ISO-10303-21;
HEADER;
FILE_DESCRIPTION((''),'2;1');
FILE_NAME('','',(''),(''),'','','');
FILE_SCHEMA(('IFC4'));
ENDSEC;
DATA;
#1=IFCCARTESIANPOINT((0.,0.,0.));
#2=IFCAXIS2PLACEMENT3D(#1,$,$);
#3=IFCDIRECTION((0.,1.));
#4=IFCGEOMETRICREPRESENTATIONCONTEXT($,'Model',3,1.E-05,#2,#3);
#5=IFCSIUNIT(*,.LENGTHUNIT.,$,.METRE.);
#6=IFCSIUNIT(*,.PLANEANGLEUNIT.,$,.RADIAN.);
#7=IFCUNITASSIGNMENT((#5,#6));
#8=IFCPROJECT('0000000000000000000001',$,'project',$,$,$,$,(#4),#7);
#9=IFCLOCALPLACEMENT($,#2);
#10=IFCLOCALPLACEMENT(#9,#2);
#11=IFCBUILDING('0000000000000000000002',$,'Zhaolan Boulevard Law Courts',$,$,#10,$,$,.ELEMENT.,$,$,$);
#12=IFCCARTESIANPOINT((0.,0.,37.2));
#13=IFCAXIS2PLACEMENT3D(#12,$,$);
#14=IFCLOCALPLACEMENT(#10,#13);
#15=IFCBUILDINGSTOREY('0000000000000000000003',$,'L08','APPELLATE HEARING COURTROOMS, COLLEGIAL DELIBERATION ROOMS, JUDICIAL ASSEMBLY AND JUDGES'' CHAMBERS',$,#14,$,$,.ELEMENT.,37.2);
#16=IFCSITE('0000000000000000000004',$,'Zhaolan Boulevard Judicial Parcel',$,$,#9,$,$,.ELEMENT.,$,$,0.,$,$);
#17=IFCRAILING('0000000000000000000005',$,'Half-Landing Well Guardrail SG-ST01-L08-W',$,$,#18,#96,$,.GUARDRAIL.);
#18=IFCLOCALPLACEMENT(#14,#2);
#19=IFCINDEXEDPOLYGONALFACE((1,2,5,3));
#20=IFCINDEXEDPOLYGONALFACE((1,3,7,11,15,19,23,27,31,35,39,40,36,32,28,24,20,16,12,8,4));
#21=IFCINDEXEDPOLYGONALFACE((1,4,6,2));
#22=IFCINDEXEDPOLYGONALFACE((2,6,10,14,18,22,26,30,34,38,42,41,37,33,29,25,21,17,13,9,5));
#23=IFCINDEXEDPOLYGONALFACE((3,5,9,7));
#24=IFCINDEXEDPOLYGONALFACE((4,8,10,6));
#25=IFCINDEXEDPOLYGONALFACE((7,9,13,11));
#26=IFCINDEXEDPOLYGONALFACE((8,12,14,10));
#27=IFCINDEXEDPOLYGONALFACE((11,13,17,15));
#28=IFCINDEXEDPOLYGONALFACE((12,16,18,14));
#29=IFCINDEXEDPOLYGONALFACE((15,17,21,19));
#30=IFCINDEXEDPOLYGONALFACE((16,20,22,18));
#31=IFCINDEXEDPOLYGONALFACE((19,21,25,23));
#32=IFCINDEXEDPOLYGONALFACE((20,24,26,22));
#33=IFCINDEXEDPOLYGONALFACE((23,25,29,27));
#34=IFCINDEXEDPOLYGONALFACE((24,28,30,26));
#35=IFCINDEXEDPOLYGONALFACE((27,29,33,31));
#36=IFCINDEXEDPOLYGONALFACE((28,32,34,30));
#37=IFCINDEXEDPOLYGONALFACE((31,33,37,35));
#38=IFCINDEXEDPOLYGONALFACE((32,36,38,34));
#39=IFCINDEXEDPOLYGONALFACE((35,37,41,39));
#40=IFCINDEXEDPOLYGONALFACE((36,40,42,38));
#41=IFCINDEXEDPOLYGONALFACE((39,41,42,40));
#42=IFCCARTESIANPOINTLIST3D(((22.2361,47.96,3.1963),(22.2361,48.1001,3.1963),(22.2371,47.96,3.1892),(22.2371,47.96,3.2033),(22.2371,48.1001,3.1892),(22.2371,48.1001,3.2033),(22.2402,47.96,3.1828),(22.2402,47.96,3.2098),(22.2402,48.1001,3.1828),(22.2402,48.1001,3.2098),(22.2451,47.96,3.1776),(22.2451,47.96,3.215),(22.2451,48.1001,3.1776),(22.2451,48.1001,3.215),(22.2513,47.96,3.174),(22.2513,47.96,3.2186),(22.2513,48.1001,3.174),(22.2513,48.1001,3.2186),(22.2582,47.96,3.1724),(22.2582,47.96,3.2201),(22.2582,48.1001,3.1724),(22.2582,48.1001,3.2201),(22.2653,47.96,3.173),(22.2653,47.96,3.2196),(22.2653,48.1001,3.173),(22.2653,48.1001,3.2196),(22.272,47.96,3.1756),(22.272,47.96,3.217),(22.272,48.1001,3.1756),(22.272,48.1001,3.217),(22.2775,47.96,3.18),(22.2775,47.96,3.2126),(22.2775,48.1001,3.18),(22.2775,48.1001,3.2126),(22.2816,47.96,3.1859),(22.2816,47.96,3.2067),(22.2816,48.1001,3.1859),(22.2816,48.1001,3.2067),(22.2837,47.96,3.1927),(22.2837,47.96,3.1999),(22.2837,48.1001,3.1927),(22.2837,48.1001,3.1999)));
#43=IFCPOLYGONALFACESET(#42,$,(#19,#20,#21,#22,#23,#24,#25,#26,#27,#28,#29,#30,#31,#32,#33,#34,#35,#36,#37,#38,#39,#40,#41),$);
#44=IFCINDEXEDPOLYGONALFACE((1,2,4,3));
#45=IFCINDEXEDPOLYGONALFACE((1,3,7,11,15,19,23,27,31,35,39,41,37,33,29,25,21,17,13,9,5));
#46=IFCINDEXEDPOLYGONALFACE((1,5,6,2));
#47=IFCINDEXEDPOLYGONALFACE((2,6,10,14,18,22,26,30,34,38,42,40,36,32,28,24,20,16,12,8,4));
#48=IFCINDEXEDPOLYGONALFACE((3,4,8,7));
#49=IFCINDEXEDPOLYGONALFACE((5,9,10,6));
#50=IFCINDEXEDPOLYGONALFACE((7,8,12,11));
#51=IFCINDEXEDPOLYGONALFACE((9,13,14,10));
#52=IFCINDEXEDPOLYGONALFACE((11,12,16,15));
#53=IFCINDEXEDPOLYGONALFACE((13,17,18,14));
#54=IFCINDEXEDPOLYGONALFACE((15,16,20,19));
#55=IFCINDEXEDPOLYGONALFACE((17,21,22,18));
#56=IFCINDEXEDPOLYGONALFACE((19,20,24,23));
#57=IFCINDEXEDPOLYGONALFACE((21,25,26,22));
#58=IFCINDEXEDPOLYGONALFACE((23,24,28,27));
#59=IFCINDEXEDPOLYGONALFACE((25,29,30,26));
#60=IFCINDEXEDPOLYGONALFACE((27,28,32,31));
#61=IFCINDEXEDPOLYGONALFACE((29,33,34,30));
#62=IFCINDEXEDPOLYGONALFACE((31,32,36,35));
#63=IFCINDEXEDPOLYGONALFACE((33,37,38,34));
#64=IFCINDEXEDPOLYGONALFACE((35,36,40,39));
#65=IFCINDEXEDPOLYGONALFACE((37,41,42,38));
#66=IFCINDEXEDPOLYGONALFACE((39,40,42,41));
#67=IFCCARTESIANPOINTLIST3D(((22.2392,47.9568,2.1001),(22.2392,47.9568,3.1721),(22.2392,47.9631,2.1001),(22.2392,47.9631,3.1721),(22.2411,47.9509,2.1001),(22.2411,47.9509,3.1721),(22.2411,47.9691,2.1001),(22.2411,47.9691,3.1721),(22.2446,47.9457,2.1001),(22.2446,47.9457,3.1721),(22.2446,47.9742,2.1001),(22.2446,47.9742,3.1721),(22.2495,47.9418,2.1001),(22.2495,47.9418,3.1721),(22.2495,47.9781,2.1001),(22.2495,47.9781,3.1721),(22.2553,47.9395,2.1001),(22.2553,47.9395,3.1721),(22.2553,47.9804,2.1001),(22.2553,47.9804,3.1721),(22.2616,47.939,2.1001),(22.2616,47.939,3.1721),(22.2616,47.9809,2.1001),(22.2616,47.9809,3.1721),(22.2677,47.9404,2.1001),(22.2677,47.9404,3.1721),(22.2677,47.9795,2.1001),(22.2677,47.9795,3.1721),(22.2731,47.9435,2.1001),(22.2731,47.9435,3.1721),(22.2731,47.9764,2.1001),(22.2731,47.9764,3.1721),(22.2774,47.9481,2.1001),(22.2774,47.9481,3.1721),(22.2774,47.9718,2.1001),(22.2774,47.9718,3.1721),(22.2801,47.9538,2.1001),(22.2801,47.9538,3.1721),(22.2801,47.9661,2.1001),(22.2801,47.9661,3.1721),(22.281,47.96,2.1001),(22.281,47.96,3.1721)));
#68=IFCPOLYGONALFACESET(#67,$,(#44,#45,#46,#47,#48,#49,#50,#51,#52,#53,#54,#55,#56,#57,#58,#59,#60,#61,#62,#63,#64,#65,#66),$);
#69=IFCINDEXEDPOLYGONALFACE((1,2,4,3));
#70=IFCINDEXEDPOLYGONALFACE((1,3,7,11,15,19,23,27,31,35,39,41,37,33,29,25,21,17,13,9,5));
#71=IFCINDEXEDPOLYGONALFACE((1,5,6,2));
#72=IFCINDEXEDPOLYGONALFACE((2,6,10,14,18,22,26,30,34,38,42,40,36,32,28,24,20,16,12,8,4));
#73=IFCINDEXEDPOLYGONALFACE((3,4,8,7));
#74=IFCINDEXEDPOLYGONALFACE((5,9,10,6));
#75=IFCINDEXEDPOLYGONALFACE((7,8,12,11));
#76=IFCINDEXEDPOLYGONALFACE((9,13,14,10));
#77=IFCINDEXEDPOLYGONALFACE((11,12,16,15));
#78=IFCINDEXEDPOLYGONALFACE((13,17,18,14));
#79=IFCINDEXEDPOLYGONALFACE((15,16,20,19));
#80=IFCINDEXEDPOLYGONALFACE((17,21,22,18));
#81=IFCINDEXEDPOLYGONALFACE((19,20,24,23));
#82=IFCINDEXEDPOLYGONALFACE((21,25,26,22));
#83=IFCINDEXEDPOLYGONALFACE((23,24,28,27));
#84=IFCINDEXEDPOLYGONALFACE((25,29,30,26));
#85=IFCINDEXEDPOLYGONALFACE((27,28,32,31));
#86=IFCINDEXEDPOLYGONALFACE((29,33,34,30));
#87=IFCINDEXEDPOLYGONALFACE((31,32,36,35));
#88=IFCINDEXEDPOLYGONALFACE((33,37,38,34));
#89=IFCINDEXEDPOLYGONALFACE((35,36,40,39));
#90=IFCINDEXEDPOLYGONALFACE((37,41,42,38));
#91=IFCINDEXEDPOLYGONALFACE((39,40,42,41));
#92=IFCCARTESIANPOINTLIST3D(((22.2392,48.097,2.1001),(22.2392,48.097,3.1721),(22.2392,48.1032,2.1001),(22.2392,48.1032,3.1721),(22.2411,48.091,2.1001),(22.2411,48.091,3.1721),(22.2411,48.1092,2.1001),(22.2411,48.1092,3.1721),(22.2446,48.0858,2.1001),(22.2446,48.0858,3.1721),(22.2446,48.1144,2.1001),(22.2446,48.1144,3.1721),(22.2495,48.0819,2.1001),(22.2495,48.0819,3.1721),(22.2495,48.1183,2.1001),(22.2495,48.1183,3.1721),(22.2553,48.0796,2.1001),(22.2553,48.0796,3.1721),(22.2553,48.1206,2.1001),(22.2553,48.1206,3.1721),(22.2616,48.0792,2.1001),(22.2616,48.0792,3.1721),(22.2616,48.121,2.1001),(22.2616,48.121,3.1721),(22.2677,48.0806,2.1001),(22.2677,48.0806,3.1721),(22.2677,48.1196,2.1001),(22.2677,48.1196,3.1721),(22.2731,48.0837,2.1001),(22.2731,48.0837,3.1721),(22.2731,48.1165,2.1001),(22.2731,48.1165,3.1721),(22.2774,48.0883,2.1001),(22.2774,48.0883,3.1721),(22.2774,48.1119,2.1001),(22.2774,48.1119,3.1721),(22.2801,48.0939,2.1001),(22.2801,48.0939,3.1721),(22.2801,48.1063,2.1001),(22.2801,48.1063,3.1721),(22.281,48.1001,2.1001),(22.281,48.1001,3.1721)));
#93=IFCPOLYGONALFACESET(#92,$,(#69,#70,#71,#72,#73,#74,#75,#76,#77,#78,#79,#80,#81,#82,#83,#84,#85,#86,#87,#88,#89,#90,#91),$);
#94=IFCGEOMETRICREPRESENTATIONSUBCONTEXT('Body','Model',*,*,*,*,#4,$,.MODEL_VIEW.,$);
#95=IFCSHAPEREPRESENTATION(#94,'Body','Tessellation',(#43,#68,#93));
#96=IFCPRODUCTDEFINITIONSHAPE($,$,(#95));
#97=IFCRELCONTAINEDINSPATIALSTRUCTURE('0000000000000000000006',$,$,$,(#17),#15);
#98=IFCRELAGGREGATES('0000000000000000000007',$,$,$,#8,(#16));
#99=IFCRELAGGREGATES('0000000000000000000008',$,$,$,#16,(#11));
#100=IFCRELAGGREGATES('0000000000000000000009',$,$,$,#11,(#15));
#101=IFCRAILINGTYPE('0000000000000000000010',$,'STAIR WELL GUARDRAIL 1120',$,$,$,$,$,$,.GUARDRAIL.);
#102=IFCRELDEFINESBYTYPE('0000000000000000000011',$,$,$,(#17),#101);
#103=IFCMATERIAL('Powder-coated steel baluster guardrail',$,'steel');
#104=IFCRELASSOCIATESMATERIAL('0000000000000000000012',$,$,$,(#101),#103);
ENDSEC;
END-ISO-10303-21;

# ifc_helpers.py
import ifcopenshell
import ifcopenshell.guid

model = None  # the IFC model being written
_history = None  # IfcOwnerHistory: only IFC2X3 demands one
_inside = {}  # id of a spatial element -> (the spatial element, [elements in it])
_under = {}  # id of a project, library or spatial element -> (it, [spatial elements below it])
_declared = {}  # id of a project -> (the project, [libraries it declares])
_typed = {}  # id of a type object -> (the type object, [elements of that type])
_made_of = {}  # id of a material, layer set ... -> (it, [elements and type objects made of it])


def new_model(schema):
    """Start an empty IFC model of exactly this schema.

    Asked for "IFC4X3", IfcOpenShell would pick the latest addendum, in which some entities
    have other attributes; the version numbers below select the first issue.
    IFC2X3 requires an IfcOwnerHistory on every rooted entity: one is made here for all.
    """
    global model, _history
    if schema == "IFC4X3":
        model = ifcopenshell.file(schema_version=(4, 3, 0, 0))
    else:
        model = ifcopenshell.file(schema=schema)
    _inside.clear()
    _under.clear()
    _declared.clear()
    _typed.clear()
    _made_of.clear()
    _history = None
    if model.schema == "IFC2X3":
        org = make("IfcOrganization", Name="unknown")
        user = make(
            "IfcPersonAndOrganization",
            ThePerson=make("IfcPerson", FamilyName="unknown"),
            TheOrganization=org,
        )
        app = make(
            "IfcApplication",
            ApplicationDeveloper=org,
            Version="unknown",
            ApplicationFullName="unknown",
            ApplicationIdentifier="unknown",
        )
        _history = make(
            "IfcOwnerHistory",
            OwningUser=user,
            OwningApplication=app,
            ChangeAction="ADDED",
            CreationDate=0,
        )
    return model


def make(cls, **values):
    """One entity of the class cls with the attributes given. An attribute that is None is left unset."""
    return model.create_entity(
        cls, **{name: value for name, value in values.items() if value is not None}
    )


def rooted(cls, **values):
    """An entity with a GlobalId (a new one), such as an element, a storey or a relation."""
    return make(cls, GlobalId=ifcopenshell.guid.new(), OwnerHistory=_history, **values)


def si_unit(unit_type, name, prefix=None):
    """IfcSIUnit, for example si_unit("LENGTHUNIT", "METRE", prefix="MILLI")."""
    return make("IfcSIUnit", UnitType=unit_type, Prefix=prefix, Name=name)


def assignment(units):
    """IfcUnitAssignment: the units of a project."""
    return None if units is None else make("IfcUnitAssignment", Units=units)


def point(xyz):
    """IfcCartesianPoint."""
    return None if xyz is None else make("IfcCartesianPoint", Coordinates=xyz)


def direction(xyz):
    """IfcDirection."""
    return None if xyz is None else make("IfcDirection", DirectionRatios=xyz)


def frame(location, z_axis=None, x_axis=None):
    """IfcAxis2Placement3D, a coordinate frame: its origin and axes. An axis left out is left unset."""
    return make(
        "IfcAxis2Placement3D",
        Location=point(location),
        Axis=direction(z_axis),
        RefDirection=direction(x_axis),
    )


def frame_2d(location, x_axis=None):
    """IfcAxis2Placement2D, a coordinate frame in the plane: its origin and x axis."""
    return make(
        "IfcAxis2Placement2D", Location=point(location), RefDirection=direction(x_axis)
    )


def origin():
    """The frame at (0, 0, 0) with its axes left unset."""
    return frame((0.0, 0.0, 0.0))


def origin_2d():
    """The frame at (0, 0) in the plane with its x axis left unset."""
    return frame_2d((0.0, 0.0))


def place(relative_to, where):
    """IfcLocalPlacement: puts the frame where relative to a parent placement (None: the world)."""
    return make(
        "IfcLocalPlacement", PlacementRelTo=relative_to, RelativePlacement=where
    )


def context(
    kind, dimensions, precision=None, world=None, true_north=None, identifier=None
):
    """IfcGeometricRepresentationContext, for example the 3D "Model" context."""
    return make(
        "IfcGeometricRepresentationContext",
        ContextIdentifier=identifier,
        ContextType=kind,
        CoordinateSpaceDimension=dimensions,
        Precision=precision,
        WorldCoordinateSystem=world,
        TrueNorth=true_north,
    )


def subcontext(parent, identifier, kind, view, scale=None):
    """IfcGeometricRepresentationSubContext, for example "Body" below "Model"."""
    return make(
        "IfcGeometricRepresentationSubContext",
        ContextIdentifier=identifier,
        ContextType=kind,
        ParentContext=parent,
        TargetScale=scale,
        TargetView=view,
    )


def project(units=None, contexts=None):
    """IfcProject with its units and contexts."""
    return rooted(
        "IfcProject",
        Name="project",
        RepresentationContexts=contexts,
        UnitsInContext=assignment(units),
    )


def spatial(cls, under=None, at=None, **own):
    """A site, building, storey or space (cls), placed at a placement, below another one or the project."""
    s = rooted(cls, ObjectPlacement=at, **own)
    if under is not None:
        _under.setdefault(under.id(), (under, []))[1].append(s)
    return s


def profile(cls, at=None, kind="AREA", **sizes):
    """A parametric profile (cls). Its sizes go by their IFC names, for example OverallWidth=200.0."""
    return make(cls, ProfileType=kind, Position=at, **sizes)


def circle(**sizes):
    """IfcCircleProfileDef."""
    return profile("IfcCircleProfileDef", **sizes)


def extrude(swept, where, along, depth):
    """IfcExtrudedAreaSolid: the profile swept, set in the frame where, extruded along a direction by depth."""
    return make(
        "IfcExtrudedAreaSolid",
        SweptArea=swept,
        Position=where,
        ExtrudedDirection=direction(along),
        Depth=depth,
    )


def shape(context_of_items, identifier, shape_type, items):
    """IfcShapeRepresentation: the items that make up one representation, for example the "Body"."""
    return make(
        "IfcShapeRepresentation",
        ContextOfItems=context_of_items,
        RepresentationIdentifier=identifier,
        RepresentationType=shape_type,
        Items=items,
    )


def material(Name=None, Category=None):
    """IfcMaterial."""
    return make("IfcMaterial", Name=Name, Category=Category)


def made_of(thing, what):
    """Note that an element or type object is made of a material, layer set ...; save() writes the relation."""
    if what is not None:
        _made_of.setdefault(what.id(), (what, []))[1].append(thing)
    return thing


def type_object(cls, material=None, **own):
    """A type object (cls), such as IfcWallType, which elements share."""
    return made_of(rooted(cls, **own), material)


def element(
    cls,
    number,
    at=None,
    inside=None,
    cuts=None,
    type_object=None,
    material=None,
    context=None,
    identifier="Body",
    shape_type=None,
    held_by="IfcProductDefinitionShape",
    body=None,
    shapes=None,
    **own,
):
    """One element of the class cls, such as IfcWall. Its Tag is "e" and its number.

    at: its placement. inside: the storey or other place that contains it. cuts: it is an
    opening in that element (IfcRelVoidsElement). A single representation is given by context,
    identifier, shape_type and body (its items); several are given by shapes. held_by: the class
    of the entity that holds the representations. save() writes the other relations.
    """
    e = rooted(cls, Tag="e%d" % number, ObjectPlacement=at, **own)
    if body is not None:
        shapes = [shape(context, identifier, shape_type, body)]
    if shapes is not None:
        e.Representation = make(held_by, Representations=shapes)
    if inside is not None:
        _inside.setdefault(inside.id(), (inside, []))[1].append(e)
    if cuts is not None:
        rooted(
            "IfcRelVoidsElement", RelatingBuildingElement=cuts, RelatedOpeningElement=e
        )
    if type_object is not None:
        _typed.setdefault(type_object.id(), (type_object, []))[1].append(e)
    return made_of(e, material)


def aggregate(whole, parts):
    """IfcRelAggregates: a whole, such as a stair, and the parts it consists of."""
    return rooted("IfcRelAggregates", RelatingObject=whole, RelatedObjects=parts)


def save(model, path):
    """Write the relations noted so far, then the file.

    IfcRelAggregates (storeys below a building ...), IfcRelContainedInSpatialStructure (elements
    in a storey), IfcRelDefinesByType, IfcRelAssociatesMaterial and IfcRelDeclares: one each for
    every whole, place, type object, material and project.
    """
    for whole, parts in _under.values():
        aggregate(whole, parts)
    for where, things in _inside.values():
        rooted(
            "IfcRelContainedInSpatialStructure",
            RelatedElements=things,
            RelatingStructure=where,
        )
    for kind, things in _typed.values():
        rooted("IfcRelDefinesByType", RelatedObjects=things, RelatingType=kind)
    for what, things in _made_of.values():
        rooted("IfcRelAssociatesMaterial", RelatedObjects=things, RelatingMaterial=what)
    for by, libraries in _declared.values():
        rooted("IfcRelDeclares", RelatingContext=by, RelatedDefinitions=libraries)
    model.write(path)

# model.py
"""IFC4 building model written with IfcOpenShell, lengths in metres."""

from ifc_helpers import new_model, si_unit, direction, frame, origin, origin_2d, place, context, subcontext, project, spatial, circle, extrude, material, type_object, element, save


model = new_model("IFC4")

# Units and contexts
model_context = context("Model", 3, precision=1e-05, world=origin(), true_north=direction((0.0, 1.0)))
body_context = subcontext(model_context, "Body", "Model", "MODEL_VIEW")
ifc_project = project(units=[si_unit("LENGTHUNIT", "METRE"), si_unit("PLANEANGLEUNIT", "RADIAN")], contexts=[model_context])

# Site, building, storey
site_placement = place(None, origin())
site = spatial("IfcSite", under=ifc_project, at=site_placement, Name="Zhaolan Boulevard Judicial Parcel", CompositionType="ELEMENT", RefElevation=0.0)
building_placement = place(site_placement, origin())
building = spatial("IfcBuilding", under=site, at=building_placement, Name="Zhaolan Boulevard Law Courts", CompositionType="ELEMENT")
storey_placement = place(building_placement, frame((0.0, 0.0, 37.2)))
storey = spatial("IfcBuildingStorey", under=building, at=storey_placement, Name="L08", Description="APPELLATE HEARING COURTROOMS, COLLEGIAL DELIBERATION ROOMS, JUDICIAL ASSEMBLY AND JUDGES' CHAMBERS", CompositionType="ELEMENT", Elevation=37.2)

# Railing
ifc_material_1 = material(Name="Powder-coated steel baluster guardrail", Category="steel")
railing_type_1 = type_object("IfcRailingType", Name="STAIR WELL GUARDRAIL 1120", PredefinedType="GUARDRAIL", material=ifc_material_1)
railing_1_placement = place(storey_placement, frame((22.26, 47.96, 2.1001)))
element("IfcRailing", 1, at=railing_1_placement, inside=storey, type_object=railing_type_1, Name="Half-Landing Well Guardrail SG-ST01-L08-W", PredefinedType="GUARDRAIL", context=body_context, shape_type="SweptSolid", body=[
    extrude(circle(Radius=0.0239, at=origin_2d()), frame((0.0, 0.0, 1.0962), z_axis=(0.0, 1.0, 0.0), x_axis=(-1.0, 0.0, 0.0)), (0.0, 0.0, 1.0), 0.1401),
    extrude(circle(Radius=0.021, at=origin_2d()), origin(), (0.0, 0.0, 1.0), 1.072),
    extrude(circle(Radius=0.021, at=origin_2d()), frame((0.0, 0.1401, 0.0)), (0.0, 0.0, 1.0), 1.072),
])

save(model, "model.ifc")
